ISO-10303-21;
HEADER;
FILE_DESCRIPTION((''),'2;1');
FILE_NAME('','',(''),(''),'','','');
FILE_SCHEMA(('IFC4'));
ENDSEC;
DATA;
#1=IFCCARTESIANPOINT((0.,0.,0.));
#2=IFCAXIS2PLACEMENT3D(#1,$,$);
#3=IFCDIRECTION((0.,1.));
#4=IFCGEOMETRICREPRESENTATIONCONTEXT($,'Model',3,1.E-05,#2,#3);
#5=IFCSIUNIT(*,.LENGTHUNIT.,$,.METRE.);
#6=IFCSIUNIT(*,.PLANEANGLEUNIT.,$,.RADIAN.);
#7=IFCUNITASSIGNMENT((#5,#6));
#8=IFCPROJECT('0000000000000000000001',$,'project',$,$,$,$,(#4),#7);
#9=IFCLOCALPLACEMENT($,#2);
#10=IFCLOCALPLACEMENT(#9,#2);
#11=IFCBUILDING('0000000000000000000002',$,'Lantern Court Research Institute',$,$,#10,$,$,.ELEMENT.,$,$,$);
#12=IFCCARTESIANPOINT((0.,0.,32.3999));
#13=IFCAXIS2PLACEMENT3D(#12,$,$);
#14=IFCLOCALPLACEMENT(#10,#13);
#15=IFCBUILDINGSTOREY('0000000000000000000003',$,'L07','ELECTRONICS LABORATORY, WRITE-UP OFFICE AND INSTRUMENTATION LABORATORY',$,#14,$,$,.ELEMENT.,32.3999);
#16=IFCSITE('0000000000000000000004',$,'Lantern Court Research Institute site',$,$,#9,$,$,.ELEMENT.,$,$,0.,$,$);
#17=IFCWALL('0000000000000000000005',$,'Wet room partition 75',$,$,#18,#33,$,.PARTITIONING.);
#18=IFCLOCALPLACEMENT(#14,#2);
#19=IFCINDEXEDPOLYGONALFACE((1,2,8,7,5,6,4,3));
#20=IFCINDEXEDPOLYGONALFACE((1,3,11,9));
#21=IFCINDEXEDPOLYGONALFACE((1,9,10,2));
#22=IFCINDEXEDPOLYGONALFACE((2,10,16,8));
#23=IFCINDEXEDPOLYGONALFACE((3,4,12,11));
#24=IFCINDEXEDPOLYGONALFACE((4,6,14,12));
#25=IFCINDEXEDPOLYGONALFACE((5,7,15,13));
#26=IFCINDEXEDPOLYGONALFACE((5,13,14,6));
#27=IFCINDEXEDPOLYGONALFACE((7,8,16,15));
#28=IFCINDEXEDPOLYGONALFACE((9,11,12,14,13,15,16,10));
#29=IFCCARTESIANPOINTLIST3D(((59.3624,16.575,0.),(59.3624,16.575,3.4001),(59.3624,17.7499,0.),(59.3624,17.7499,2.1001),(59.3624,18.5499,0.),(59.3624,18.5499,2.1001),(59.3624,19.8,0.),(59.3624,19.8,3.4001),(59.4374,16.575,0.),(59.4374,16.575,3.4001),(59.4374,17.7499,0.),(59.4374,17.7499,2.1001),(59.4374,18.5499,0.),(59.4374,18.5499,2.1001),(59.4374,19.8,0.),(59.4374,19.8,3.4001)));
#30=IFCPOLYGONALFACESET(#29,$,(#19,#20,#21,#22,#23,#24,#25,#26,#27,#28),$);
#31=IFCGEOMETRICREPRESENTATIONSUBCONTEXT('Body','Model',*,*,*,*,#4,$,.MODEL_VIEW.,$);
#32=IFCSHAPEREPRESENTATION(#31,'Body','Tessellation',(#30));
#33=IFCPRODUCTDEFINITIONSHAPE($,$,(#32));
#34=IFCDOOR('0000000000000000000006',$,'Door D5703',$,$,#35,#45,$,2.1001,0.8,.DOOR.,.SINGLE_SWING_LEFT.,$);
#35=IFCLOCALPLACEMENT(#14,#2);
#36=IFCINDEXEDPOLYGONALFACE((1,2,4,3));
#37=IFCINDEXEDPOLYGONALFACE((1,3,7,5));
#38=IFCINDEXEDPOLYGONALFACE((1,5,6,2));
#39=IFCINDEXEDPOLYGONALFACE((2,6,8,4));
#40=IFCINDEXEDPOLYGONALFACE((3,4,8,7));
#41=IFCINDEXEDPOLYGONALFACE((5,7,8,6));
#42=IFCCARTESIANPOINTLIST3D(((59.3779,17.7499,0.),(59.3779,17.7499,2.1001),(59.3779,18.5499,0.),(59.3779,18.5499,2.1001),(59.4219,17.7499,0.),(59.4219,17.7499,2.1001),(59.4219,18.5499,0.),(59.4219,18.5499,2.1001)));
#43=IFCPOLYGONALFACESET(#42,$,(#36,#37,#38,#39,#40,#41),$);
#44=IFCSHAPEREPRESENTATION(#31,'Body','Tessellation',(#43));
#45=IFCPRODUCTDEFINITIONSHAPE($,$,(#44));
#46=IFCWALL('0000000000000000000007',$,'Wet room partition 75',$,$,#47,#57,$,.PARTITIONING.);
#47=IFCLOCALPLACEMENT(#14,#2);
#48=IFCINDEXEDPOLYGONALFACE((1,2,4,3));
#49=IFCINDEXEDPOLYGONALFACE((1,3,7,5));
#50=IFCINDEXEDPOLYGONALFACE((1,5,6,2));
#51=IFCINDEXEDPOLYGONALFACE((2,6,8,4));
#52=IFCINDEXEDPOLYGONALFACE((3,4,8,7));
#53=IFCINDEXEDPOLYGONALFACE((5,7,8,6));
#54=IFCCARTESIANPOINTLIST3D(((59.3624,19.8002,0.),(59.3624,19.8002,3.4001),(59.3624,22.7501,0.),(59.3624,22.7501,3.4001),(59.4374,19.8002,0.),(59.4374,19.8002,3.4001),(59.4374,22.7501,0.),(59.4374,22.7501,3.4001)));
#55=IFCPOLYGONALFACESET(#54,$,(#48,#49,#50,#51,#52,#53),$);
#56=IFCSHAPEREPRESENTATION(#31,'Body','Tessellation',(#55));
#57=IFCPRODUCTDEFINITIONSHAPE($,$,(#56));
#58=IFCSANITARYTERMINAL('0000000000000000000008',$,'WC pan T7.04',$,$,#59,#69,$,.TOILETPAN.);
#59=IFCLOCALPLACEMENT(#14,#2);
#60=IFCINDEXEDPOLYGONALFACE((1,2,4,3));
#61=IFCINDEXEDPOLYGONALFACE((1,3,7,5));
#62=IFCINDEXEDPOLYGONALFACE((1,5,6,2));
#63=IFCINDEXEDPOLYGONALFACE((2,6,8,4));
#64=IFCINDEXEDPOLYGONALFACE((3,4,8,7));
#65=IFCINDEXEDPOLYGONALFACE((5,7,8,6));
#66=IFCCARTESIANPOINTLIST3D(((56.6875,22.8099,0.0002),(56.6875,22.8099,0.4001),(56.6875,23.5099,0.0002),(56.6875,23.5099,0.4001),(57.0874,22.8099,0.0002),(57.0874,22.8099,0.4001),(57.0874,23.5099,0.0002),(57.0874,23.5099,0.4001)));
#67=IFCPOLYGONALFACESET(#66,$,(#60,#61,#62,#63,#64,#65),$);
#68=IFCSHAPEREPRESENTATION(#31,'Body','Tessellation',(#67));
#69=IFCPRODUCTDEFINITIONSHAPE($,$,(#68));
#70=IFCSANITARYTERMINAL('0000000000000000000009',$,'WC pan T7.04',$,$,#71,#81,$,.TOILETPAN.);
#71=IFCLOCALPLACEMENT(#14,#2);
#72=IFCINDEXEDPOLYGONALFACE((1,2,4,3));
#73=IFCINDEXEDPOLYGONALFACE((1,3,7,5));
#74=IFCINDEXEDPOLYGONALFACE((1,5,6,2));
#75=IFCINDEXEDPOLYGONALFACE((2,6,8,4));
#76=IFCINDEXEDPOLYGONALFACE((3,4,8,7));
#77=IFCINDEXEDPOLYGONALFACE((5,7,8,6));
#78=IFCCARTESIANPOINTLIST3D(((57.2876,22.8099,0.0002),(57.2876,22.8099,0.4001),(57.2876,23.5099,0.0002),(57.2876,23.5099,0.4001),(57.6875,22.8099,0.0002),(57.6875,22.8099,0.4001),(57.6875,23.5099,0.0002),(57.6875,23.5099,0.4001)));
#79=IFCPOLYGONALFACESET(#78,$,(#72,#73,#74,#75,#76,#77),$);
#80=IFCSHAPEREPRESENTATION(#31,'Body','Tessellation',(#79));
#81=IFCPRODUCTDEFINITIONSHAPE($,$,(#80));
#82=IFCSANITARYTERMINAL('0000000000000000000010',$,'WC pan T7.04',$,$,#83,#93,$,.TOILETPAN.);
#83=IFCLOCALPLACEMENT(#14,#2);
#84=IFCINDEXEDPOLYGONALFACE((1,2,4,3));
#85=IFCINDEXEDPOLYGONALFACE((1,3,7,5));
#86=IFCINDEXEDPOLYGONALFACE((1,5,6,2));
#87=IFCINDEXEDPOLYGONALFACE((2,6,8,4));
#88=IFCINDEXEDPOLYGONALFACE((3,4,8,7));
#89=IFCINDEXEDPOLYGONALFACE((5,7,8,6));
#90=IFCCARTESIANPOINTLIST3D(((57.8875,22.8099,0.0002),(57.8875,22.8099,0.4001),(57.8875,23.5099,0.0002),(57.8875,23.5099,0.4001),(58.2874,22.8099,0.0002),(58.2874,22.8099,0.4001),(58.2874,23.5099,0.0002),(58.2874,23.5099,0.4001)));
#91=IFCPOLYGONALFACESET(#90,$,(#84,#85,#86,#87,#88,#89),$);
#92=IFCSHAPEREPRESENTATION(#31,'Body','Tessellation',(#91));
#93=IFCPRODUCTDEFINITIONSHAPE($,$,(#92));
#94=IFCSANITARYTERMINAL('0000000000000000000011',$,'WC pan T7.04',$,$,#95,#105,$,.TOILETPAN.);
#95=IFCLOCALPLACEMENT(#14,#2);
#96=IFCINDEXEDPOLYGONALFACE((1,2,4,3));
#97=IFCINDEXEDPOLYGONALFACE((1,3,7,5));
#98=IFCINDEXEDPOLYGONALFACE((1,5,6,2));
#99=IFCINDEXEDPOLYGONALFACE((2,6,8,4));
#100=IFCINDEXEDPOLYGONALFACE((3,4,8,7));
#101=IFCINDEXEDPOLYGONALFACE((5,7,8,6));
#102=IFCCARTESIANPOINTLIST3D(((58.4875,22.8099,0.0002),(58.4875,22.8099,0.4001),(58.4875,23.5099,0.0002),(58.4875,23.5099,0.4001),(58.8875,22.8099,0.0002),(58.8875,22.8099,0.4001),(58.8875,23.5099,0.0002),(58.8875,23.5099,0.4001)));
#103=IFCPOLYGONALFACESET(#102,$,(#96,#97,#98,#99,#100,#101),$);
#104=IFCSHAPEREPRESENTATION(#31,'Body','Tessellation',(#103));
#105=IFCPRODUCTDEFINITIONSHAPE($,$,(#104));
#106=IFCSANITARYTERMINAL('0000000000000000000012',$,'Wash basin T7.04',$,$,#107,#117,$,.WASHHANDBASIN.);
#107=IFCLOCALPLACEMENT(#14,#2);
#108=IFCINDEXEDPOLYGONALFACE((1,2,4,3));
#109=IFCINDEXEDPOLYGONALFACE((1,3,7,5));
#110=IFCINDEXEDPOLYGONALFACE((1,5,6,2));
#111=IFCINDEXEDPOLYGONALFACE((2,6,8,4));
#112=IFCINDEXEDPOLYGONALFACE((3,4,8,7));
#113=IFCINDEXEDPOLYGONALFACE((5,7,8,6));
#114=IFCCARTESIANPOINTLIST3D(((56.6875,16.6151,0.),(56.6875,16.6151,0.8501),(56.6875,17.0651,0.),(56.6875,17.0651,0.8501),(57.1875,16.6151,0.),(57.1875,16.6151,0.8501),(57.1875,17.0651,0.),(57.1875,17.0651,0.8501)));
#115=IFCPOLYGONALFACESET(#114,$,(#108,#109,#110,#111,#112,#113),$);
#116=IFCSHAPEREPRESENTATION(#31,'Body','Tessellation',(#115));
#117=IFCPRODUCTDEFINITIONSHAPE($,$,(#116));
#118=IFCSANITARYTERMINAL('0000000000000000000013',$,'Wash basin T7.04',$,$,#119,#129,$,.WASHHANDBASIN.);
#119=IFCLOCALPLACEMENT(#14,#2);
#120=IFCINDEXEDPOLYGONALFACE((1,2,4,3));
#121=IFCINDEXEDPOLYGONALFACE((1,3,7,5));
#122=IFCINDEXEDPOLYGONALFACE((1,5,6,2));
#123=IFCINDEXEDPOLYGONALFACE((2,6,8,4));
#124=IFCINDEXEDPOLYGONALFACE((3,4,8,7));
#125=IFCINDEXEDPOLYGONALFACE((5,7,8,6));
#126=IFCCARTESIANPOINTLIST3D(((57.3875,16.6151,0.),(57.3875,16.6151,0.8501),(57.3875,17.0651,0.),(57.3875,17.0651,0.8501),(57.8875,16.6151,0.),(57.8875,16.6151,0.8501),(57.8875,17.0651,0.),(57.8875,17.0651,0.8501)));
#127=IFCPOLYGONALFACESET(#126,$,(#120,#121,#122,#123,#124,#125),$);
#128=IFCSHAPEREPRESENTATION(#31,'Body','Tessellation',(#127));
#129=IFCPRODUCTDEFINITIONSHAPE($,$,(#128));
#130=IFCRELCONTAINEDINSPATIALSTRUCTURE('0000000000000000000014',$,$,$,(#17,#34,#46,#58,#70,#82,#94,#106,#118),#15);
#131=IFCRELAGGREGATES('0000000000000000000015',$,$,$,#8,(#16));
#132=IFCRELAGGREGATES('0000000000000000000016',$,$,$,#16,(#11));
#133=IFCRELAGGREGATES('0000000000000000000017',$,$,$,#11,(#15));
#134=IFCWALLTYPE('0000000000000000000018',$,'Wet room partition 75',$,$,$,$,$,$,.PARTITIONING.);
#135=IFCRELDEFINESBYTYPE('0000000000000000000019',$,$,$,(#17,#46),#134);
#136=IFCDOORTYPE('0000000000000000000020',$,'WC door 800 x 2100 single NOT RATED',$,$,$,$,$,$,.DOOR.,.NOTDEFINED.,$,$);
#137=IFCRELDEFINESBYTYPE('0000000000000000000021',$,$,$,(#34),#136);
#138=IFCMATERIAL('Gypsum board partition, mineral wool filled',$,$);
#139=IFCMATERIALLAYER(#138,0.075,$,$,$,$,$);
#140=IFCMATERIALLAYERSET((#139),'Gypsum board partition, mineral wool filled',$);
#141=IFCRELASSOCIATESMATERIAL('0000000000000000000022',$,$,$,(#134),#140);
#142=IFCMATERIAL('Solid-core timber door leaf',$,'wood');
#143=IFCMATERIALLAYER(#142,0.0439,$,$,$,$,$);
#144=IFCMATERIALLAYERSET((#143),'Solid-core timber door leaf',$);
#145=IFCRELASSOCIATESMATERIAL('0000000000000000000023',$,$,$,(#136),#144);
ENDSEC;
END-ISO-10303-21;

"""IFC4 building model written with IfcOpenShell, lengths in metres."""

from ifc_helpers import new_model, si_unit, direction, frame, frame_2d, origin, origin_2d, place, context, subcontext, project, spatial, rectangle, extrude, material, layer, layer_set, type_object, element, fill, save


model = new_model("IFC4")

# Units and contexts
model_context = context("Model", 3, precision=1e-05, world=origin(), true_north=direction((0.0, 1.0)))
body_context = subcontext(model_context, "Body", "Model", "MODEL_VIEW")
ifc_project = project(units=[si_unit("LENGTHUNIT", "METRE"), si_unit("PLANEANGLEUNIT", "RADIAN")], contexts=[model_context])

# Site, building, storey
site_placement = place(None, origin())
site = spatial("IfcSite", under=ifc_project, at=site_placement, Name="Lantern Court Research Institute site", CompositionType="ELEMENT", RefElevation=0.0)
building_placement = place(site_placement, origin())
building = spatial("IfcBuilding", under=site, at=building_placement, Name="Lantern Court Research Institute", CompositionType="ELEMENT")
storey_placement = place(building_placement, frame((0.0, 0.0, 32.3999)))
storey = spatial("IfcBuildingStorey", under=building, at=storey_placement, Name="L07", Description="ELECTRONICS LABORATORY, WRITE-UP OFFICE AND INSTRUMENTATION LABORATORY", CompositionType="ELEMENT", Elevation=32.3999)

# Wall, opening, door
ifc_material_1 = material(Name="Gypsum board partition, mineral wool filled")
ifc_layer_1 = layer(ifc_material_1, 0.075)
ifc_layer_set_1 = layer_set([ifc_layer_1], Name="Gypsum board partition, mineral wool filled")
wall_type_1 = type_object("IfcWallType", Name="Wet room partition 75", PredefinedType="PARTITIONING", material=ifc_layer_set_1)
wall_1_placement = place(storey_placement, frame((59.3999, 16.575, 0.0), z_axis=(0.0, 0.0, 1.0), x_axis=(0.0, 1.0, 0.0)))
wall_1 = element("IfcWall", 1, at=wall_1_placement, inside=storey, type_object=wall_type_1, Name="Wet room partition 75", PredefinedType="PARTITIONING", context=body_context, shape_type="SweptSolid", body=[
    extrude(rectangle(XDim=3.2251, YDim=0.075, at=frame_2d((1.6125, 0.0))), origin(), (0.0, 0.0, 1.0), 3.4001),
])
opening_placement = place(wall_1_placement, frame((1.175, 0.0, 0.0)))
opening = element("IfcOpeningElement", 2, at=opening_placement, cuts=wall_1, PredefinedType="OPENING", context=body_context, shape_type="SweptSolid", body=[
    extrude(rectangle(XDim=0.8, YDim=2.1001, at=frame_2d((0.3999, 1.05))), frame((0.0, 0.0474, 0.0), z_axis=(0.0, -1.0, 0.0), x_axis=(1.0, 0.0, 0.0)), (0.0, 0.0, 1.0), 0.095),
])
ifc_material_2 = material(Name="Solid-core timber door leaf", Category="wood")
ifc_layer_2 = layer(ifc_material_2, 0.0439)
ifc_layer_set_2 = layer_set([ifc_layer_2], Name="Solid-core timber door leaf")
door_type = type_object("IfcDoorType", Name="WC door 800 x 2100 single NOT RATED", OperationType="NOTDEFINED", PredefinedType="DOOR", material=ifc_layer_set_2)
door_placement = place(opening_placement, origin())
door = element("IfcDoor", 3, at=door_placement, inside=storey, type_object=door_type, Name="Door D5703", OperationType="SINGLE_SWING_LEFT", OverallHeight=2.1001, OverallWidth=0.8, PredefinedType="DOOR", context=body_context, shape_type="SweptSolid", body=[
    extrude(rectangle(XDim=0.8, YDim=2.1001, at=frame_2d((0.3999, 1.05))), frame((0.0, 0.022, 0.0), z_axis=(0.0, -1.0, 0.0), x_axis=(1.0, 0.0, 0.0)), (0.0, 0.0, 1.0), 0.0439),
])
fill(opening, door)

# Wall
wall_2_placement = place(storey_placement, frame((59.3999, 19.8, 0.0), z_axis=(0.0, 0.0, 1.0), x_axis=(0.0, 1.0, 0.0)))
element("IfcWall", 4, at=wall_2_placement, inside=storey, type_object=wall_type_1, Name="Wet room partition 75", PredefinedType="PARTITIONING", context=body_context, shape_type="SweptSolid", body=[
    extrude(rectangle(XDim=2.95, YDim=0.075, at=frame_2d((1.4751, 0.0))), origin(), (0.0, 0.0, 1.0), 3.4001),
])

# Sanitary terminals
for number, where, z_axis, x_axis, name in (
    (5, (56.8875, 23.1599, 0.0002), (0.0, 0.0, 1.0), (1.0, 0.0, 0.0), "WC pan T7.04"),
    (6, (57.4875, 23.1599, 0.0002), (0.0, 0.0, 1.0), (1.0, 0.0, 0.0), "WC pan T7.04"),
    (7, (58.0874, 23.1599, 0.0002), (0.0, 0.0, 1.0), (1.0, 0.0, 0.0), "WC pan T7.04"),
    (8, (58.6875, 23.1599, 0.0002), (0.0, 0.0, 1.0), (1.0, 0.0, 0.0), "WC pan T7.04"),
):
    element("IfcSanitaryTerminal", number, at=place(storey_placement, frame(where, z_axis=z_axis, x_axis=x_axis)), inside=storey, Name=name, PredefinedType="TOILETPAN", context=body_context, shape_type="SweptSolid", body=[
        extrude(rectangle(XDim=0.3999, YDim=0.7, at=origin_2d()), origin(), (0.0, 0.0, 1.0), 0.3999),
    ])
for number, where, z_axis, x_axis, name in (
    (9, (56.9375, 16.8401, 0.0), (0.0, 0.0, 1.0), (1.0, 0.0, 0.0), "Wash basin T7.04"),
    (10, (57.6375, 16.8401, 0.0), (0.0, 0.0, 1.0), (1.0, 0.0, 0.0), "Wash basin T7.04"),
):
    element("IfcSanitaryTerminal", number, at=place(storey_placement, frame(where, z_axis=z_axis, x_axis=x_axis)), inside=storey, Name=name, PredefinedType="WASHHANDBASIN", context=body_context, shape_type="SweptSolid", body=[
        extrude(rectangle(XDim=0.5, YDim=0.45, at=origin_2d()), origin(), (0.0, 0.0, 1.0), 0.8501),
    ])

save(model, "model.ifc")
